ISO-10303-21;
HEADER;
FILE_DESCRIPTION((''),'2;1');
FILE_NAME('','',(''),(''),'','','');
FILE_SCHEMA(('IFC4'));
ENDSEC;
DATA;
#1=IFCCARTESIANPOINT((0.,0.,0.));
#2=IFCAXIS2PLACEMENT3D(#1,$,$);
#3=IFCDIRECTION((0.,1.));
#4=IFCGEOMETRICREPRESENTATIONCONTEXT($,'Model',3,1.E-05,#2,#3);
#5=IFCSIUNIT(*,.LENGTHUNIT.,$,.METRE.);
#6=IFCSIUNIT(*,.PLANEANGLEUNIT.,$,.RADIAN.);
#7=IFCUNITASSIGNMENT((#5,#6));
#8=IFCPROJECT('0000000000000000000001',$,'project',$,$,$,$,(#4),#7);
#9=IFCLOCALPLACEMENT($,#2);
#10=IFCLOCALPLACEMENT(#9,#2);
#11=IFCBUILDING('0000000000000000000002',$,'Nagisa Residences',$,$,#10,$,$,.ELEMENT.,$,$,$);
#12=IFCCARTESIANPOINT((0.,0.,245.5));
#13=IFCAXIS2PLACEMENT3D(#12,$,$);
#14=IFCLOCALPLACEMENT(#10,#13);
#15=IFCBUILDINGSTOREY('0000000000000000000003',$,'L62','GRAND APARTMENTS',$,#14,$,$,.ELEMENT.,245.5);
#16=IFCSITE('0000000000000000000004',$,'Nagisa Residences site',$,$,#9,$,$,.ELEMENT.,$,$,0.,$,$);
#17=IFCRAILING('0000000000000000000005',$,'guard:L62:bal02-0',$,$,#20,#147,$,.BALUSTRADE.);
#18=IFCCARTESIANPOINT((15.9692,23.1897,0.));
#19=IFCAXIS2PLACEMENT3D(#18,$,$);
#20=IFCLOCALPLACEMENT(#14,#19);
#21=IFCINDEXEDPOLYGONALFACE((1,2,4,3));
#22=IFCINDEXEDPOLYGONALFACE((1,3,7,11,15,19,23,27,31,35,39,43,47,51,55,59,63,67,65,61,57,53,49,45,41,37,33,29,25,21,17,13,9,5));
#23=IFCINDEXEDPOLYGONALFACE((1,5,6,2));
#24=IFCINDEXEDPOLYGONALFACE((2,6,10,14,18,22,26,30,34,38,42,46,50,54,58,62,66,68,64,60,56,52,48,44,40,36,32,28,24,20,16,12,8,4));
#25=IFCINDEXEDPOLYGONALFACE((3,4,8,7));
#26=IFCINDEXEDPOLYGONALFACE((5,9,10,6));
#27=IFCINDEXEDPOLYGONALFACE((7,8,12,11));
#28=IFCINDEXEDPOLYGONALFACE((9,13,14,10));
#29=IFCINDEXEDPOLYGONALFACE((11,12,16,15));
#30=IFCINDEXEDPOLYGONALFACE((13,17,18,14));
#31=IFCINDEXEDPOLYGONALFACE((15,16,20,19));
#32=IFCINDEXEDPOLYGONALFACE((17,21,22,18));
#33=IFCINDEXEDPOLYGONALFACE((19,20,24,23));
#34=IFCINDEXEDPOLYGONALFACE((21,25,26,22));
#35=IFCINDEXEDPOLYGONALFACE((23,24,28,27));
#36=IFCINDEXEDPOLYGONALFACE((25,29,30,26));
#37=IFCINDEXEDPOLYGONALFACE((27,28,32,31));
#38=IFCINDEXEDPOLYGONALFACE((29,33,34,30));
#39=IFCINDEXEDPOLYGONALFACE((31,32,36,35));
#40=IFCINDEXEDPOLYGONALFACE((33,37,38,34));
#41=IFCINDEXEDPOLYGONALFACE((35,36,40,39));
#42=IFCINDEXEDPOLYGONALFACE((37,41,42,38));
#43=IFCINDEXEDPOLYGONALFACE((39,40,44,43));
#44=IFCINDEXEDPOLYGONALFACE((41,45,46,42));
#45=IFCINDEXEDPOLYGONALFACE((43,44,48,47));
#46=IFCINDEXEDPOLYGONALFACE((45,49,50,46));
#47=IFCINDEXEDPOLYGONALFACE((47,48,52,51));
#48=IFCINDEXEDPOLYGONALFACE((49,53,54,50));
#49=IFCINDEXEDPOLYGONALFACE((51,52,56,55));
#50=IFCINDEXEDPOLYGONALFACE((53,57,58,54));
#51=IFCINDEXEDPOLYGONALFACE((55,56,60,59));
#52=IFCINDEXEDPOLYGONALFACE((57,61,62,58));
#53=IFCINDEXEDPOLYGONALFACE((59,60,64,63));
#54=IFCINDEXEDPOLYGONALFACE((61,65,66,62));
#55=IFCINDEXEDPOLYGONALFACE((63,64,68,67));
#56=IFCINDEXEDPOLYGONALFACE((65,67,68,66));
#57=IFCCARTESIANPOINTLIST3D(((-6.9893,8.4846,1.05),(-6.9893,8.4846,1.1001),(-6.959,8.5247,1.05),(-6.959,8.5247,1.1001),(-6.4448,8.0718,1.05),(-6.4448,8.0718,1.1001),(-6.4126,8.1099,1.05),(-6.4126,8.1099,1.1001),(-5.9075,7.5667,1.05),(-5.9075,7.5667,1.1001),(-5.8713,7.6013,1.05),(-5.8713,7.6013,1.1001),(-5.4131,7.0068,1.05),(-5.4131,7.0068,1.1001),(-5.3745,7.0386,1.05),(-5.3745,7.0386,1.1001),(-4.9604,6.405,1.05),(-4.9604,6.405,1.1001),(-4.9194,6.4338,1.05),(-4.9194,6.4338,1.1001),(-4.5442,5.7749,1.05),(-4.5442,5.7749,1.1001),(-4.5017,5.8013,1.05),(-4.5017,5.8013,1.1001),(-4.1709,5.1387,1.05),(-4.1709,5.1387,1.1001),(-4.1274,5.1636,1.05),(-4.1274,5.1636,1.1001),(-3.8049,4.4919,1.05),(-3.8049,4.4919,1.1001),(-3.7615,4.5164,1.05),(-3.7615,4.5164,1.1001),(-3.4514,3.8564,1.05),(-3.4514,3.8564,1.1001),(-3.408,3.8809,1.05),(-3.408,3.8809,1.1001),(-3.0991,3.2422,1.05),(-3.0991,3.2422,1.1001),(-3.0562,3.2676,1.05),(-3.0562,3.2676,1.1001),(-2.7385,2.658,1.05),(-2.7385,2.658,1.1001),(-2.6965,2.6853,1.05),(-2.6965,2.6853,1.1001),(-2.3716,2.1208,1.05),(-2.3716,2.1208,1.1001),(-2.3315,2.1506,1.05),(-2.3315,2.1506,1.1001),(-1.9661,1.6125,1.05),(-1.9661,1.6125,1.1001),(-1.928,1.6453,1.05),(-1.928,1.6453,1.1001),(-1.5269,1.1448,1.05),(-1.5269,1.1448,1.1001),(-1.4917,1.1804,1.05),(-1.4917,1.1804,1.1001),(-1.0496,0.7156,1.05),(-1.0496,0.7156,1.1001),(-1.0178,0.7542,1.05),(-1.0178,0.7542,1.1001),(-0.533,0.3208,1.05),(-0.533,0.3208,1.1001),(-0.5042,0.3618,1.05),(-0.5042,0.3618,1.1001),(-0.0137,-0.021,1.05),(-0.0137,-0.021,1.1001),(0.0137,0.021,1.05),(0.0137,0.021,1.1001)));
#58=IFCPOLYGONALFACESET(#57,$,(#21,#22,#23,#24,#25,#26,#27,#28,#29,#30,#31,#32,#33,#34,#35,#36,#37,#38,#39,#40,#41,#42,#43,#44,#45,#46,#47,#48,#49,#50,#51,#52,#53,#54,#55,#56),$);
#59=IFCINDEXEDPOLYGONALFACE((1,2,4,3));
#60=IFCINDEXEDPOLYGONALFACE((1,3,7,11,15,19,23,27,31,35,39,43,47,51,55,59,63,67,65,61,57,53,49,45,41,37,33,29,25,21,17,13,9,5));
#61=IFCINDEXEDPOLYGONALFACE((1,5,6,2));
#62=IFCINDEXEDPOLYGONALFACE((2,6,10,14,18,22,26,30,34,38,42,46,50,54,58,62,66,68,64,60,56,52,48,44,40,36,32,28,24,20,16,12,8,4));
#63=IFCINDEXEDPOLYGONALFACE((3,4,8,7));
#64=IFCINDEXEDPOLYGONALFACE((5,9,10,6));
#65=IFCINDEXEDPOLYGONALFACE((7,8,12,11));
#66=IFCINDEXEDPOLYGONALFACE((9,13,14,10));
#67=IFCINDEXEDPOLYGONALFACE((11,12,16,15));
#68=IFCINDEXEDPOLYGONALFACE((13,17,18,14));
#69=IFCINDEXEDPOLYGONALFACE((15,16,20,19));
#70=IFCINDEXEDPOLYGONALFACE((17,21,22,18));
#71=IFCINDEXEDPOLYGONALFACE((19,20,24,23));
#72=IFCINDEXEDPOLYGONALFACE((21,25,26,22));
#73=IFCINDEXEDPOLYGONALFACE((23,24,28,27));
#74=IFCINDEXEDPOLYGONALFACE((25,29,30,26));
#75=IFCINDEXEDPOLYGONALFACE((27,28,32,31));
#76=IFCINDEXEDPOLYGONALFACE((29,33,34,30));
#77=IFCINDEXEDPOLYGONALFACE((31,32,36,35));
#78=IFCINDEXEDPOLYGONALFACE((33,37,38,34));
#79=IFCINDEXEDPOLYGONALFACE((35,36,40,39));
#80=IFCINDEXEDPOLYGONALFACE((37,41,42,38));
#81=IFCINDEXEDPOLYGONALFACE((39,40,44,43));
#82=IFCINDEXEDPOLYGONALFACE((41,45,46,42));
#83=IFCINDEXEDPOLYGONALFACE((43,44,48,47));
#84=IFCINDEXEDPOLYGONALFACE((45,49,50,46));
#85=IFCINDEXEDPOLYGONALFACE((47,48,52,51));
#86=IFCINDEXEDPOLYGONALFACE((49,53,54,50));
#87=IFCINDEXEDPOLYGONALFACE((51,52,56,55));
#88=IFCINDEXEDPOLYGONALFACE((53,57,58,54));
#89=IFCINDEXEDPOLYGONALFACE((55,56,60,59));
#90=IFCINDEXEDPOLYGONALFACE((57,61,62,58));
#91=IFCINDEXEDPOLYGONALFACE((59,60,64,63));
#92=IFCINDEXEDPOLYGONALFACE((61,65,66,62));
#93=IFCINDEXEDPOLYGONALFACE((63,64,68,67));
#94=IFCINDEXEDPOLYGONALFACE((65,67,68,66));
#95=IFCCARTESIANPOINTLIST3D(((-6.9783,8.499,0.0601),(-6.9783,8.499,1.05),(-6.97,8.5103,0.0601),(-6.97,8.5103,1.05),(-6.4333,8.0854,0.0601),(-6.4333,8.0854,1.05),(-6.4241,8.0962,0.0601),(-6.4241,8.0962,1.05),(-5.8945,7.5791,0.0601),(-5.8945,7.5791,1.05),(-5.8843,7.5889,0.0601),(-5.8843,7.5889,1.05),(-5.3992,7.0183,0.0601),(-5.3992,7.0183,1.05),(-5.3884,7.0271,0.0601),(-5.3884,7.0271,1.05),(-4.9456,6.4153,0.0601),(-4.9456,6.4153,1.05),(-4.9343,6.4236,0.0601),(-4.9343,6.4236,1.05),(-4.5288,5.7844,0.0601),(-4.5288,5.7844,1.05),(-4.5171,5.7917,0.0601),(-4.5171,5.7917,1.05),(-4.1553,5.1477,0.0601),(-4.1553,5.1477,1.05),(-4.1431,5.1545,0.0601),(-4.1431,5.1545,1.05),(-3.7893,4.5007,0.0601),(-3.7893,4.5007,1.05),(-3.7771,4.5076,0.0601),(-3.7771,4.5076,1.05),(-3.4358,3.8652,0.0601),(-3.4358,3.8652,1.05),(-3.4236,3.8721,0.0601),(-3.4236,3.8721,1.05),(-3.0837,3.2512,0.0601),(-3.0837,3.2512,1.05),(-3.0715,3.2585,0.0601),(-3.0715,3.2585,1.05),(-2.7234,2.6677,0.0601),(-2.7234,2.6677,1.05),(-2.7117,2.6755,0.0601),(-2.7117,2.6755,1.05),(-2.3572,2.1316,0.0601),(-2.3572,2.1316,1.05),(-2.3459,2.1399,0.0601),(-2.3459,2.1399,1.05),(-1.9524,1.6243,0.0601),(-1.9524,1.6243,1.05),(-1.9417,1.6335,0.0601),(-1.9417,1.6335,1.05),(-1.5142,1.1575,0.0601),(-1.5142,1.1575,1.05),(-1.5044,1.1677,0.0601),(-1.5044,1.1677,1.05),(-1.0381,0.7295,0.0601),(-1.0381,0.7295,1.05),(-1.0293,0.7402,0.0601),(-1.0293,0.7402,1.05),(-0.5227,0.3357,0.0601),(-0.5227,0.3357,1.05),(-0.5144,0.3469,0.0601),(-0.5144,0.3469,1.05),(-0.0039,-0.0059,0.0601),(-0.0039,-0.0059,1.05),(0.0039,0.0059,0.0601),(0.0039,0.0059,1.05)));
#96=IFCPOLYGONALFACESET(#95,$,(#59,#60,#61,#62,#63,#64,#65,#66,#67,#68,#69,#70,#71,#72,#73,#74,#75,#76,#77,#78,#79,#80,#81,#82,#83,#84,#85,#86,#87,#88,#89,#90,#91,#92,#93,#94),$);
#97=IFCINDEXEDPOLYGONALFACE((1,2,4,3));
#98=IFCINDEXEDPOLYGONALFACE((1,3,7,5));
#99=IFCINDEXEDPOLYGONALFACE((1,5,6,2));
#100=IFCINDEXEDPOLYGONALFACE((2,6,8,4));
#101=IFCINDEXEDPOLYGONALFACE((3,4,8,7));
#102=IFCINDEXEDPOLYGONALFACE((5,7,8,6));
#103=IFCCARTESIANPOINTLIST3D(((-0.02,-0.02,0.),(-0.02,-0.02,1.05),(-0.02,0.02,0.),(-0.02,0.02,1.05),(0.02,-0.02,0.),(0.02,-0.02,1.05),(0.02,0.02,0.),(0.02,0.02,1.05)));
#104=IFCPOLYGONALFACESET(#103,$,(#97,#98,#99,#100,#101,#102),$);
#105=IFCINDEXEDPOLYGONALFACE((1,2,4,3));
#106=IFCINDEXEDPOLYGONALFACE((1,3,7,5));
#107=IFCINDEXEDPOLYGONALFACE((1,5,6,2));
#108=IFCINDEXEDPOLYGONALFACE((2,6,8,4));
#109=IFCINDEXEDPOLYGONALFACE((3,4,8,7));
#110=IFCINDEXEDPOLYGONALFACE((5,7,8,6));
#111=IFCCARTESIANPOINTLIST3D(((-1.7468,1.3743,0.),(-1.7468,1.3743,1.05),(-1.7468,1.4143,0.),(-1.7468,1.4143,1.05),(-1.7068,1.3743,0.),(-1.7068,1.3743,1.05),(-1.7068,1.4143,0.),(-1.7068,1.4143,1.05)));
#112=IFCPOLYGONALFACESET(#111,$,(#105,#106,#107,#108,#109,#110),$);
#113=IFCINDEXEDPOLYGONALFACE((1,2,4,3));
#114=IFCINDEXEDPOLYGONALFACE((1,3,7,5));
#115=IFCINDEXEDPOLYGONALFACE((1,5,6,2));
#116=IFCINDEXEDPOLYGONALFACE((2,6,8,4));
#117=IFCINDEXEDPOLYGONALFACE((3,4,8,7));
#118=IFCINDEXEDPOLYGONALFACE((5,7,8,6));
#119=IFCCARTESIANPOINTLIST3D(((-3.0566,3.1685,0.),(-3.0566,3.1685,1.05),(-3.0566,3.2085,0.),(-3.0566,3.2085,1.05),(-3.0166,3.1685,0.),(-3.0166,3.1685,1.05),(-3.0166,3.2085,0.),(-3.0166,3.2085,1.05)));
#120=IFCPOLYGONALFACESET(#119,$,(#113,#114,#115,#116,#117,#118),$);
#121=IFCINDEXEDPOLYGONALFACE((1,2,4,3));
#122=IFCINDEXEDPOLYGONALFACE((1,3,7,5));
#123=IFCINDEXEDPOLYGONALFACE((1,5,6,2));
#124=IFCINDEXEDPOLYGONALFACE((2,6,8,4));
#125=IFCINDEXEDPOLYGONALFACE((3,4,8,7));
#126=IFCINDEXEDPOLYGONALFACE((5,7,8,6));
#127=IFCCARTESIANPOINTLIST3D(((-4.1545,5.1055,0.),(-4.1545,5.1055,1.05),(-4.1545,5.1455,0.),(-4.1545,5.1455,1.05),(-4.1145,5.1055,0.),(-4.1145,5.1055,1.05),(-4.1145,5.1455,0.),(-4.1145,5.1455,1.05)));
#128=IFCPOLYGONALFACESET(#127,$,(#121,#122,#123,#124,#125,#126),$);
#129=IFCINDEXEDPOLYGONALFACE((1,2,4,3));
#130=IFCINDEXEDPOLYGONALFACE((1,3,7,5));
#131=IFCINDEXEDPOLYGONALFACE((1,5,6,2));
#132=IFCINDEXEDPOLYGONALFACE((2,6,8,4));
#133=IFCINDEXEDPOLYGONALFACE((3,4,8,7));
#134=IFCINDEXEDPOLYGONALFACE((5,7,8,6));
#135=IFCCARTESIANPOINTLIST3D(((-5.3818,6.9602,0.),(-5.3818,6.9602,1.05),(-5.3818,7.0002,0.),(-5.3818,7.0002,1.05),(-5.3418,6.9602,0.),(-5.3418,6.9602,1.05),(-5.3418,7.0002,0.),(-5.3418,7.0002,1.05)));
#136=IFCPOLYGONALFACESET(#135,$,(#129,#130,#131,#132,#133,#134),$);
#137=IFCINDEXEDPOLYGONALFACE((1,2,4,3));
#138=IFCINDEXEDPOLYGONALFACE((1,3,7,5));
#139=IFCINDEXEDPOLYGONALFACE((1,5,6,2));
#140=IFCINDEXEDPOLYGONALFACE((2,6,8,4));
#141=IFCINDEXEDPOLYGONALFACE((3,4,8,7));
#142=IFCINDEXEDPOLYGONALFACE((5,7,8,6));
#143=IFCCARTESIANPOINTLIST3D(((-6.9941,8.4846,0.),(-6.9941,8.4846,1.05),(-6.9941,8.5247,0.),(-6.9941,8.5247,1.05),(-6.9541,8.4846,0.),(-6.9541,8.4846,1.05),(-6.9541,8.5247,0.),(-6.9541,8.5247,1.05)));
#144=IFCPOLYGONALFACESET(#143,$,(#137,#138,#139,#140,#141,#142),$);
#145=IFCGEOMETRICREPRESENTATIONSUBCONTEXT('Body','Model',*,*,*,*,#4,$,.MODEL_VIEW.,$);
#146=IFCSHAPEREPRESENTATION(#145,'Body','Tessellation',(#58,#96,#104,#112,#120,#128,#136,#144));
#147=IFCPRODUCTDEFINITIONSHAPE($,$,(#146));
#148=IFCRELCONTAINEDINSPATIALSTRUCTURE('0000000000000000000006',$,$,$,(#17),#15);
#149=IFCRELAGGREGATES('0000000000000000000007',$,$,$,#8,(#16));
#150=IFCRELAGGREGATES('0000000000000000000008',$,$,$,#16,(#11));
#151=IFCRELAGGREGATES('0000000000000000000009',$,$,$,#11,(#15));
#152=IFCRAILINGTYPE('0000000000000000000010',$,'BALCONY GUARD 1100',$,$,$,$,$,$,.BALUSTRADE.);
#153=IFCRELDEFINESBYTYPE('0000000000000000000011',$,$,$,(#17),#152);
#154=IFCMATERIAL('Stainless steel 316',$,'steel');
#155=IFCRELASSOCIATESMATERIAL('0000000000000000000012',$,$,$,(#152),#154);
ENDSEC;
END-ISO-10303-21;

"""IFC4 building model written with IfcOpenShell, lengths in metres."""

from ifc_helpers import new_model, si_unit, direction, frame, origin, origin_2d, place, context, subcontext, project, spatial, polyline, rectangle, outline, extrude, material, type_object, element, save


model = new_model("IFC4")

# Units and contexts
model_context = context("Model", 3, precision=1e-05, world=origin(), true_north=direction((0.0, 1.0)))
body_context = subcontext(model_context, "Body", "Model", "MODEL_VIEW")
ifc_project = project(units=[si_unit("LENGTHUNIT", "METRE"), si_unit("PLANEANGLEUNIT", "RADIAN")], contexts=[model_context])

# Site, building, storey
site_placement = place(None, origin())
site = spatial("IfcSite", under=ifc_project, at=site_placement, Name="Nagisa Residences site", CompositionType="ELEMENT", RefElevation=0.0)
building_placement = place(site_placement, origin())
building = spatial("IfcBuilding", under=site, at=building_placement, Name="Nagisa Residences", CompositionType="ELEMENT")
storey_placement = place(building_placement, frame((0.0, 0.0, 245.5)))
storey = spatial("IfcBuildingStorey", under=building, at=storey_placement, Name="L62", Description="GRAND APARTMENTS", CompositionType="ELEMENT", Elevation=245.5)

# Railing
ifc_material_1 = material(Name="Stainless steel 316", Category="steel")
railing_type = type_object("IfcRailingType", Name="BALCONY GUARD 1100", PredefinedType="BALUSTRADE", material=ifc_material_1)
railing_1_placement = place(storey_placement, frame((15.9692, 23.1897, 0.0)))
element("IfcRailing", 1, at=railing_1_placement, inside=storey, type_object=railing_type, Name="guard:L62:bal02-0", PredefinedType="BALUSTRADE", context=body_context, shape_type="SweptSolid", body=[
    extrude(outline(polyline([(-0.533, 0.3208), (-0.0137, -0.021), (0.0137, 0.021), (-0.5042, 0.3618), (-1.0178, 0.7542), (-1.4917, 1.1804), (-1.928, 1.6453), (-2.3315, 2.1506), (-2.6965, 2.6853), (-3.0562, 3.2676), (-3.408, 3.8809), (-3.7615, 4.5164), (-4.1274, 5.1636), (-4.5017, 5.8013), (-4.9194, 6.4338), (-5.3745, 7.0386), (-5.8713, 7.6013), (-6.4126, 8.1099), (-6.959, 8.5247), (-6.9893, 8.4846), (-6.4448, 8.0718), (-5.9075, 7.5667), (-5.4131, 7.0068), (-4.9604, 6.405), (-4.5442, 5.7749), (-4.1709, 5.1387), (-3.8049, 4.4919), (-3.4514, 3.8564), (-3.0991, 3.2422), (-2.7385, 2.658), (-2.3716, 2.1208), (-1.9661, 1.6125), (-1.5269, 1.1448), (-1.0496, 0.7156), (-0.533, 0.3208)])), frame((0.0, 0.0, 1.05)), (0.0, 0.0, 1.0), 0.05),
    extrude(outline(polyline([(-0.5227, 0.3357), (-0.0039, -0.0059), (0.0039, 0.0059), (-0.5144, 0.3469), (-1.0293, 0.7402), (-1.5044, 1.1677), (-1.9417, 1.6335), (-2.3459, 2.1399), (-2.7117, 2.6755), (-3.0715, 3.2585), (-3.4236, 3.8721), (-3.7771, 4.5076), (-4.1431, 5.1545), (-4.5171, 5.7917), (-4.9343, 6.4236), (-5.3884, 7.0271), (-5.8843, 7.5889), (-6.4241, 8.0962), (-6.97, 8.5103), (-6.9783, 8.499), (-6.4333, 8.0854), (-5.8945, 7.5791), (-5.3992, 7.0183), (-4.9456, 6.4153), (-4.5288, 5.7844), (-4.1553, 5.1477), (-3.7893, 4.5007), (-3.4358, 3.8652), (-3.0837, 3.2512), (-2.7234, 2.6677), (-2.3572, 2.1316), (-1.9524, 1.6243), (-1.5142, 1.1575), (-1.0381, 0.7295), (-0.5227, 0.3357)])), frame((0.0, 0.0, 0.0601)), (0.0, 0.0, 1.0), 0.99),
    extrude(rectangle(XDim=0.04, YDim=0.04, at=origin_2d()), origin(), (0.0, 0.0, 1.0), 1.05),
    extrude(rectangle(XDim=0.04, YDim=0.04, at=origin_2d()), frame((-1.7268, 1.3943, 0.0)), (0.0, 0.0, 1.0), 1.05),
    extrude(rectangle(XDim=0.04, YDim=0.04, at=origin_2d()), frame((-3.0366, 3.1885, 0.0)), (0.0, 0.0, 1.0), 1.05),
    extrude(rectangle(XDim=0.04, YDim=0.04, at=origin_2d()), frame((-4.1345, 5.1255, 0.0)), (0.0, 0.0, 1.0), 1.05),
    extrude(rectangle(XDim=0.04, YDim=0.04, at=origin_2d()), frame((-5.3618, 6.9802, 0.0)), (0.0, 0.0, 1.0), 1.05),
    extrude(rectangle(XDim=0.04, YDim=0.04, at=origin_2d()), frame((-6.9741, 8.5046, 0.0)), (0.0, 0.0, 1.0), 1.05),
])

save(model, "model.ifc")
